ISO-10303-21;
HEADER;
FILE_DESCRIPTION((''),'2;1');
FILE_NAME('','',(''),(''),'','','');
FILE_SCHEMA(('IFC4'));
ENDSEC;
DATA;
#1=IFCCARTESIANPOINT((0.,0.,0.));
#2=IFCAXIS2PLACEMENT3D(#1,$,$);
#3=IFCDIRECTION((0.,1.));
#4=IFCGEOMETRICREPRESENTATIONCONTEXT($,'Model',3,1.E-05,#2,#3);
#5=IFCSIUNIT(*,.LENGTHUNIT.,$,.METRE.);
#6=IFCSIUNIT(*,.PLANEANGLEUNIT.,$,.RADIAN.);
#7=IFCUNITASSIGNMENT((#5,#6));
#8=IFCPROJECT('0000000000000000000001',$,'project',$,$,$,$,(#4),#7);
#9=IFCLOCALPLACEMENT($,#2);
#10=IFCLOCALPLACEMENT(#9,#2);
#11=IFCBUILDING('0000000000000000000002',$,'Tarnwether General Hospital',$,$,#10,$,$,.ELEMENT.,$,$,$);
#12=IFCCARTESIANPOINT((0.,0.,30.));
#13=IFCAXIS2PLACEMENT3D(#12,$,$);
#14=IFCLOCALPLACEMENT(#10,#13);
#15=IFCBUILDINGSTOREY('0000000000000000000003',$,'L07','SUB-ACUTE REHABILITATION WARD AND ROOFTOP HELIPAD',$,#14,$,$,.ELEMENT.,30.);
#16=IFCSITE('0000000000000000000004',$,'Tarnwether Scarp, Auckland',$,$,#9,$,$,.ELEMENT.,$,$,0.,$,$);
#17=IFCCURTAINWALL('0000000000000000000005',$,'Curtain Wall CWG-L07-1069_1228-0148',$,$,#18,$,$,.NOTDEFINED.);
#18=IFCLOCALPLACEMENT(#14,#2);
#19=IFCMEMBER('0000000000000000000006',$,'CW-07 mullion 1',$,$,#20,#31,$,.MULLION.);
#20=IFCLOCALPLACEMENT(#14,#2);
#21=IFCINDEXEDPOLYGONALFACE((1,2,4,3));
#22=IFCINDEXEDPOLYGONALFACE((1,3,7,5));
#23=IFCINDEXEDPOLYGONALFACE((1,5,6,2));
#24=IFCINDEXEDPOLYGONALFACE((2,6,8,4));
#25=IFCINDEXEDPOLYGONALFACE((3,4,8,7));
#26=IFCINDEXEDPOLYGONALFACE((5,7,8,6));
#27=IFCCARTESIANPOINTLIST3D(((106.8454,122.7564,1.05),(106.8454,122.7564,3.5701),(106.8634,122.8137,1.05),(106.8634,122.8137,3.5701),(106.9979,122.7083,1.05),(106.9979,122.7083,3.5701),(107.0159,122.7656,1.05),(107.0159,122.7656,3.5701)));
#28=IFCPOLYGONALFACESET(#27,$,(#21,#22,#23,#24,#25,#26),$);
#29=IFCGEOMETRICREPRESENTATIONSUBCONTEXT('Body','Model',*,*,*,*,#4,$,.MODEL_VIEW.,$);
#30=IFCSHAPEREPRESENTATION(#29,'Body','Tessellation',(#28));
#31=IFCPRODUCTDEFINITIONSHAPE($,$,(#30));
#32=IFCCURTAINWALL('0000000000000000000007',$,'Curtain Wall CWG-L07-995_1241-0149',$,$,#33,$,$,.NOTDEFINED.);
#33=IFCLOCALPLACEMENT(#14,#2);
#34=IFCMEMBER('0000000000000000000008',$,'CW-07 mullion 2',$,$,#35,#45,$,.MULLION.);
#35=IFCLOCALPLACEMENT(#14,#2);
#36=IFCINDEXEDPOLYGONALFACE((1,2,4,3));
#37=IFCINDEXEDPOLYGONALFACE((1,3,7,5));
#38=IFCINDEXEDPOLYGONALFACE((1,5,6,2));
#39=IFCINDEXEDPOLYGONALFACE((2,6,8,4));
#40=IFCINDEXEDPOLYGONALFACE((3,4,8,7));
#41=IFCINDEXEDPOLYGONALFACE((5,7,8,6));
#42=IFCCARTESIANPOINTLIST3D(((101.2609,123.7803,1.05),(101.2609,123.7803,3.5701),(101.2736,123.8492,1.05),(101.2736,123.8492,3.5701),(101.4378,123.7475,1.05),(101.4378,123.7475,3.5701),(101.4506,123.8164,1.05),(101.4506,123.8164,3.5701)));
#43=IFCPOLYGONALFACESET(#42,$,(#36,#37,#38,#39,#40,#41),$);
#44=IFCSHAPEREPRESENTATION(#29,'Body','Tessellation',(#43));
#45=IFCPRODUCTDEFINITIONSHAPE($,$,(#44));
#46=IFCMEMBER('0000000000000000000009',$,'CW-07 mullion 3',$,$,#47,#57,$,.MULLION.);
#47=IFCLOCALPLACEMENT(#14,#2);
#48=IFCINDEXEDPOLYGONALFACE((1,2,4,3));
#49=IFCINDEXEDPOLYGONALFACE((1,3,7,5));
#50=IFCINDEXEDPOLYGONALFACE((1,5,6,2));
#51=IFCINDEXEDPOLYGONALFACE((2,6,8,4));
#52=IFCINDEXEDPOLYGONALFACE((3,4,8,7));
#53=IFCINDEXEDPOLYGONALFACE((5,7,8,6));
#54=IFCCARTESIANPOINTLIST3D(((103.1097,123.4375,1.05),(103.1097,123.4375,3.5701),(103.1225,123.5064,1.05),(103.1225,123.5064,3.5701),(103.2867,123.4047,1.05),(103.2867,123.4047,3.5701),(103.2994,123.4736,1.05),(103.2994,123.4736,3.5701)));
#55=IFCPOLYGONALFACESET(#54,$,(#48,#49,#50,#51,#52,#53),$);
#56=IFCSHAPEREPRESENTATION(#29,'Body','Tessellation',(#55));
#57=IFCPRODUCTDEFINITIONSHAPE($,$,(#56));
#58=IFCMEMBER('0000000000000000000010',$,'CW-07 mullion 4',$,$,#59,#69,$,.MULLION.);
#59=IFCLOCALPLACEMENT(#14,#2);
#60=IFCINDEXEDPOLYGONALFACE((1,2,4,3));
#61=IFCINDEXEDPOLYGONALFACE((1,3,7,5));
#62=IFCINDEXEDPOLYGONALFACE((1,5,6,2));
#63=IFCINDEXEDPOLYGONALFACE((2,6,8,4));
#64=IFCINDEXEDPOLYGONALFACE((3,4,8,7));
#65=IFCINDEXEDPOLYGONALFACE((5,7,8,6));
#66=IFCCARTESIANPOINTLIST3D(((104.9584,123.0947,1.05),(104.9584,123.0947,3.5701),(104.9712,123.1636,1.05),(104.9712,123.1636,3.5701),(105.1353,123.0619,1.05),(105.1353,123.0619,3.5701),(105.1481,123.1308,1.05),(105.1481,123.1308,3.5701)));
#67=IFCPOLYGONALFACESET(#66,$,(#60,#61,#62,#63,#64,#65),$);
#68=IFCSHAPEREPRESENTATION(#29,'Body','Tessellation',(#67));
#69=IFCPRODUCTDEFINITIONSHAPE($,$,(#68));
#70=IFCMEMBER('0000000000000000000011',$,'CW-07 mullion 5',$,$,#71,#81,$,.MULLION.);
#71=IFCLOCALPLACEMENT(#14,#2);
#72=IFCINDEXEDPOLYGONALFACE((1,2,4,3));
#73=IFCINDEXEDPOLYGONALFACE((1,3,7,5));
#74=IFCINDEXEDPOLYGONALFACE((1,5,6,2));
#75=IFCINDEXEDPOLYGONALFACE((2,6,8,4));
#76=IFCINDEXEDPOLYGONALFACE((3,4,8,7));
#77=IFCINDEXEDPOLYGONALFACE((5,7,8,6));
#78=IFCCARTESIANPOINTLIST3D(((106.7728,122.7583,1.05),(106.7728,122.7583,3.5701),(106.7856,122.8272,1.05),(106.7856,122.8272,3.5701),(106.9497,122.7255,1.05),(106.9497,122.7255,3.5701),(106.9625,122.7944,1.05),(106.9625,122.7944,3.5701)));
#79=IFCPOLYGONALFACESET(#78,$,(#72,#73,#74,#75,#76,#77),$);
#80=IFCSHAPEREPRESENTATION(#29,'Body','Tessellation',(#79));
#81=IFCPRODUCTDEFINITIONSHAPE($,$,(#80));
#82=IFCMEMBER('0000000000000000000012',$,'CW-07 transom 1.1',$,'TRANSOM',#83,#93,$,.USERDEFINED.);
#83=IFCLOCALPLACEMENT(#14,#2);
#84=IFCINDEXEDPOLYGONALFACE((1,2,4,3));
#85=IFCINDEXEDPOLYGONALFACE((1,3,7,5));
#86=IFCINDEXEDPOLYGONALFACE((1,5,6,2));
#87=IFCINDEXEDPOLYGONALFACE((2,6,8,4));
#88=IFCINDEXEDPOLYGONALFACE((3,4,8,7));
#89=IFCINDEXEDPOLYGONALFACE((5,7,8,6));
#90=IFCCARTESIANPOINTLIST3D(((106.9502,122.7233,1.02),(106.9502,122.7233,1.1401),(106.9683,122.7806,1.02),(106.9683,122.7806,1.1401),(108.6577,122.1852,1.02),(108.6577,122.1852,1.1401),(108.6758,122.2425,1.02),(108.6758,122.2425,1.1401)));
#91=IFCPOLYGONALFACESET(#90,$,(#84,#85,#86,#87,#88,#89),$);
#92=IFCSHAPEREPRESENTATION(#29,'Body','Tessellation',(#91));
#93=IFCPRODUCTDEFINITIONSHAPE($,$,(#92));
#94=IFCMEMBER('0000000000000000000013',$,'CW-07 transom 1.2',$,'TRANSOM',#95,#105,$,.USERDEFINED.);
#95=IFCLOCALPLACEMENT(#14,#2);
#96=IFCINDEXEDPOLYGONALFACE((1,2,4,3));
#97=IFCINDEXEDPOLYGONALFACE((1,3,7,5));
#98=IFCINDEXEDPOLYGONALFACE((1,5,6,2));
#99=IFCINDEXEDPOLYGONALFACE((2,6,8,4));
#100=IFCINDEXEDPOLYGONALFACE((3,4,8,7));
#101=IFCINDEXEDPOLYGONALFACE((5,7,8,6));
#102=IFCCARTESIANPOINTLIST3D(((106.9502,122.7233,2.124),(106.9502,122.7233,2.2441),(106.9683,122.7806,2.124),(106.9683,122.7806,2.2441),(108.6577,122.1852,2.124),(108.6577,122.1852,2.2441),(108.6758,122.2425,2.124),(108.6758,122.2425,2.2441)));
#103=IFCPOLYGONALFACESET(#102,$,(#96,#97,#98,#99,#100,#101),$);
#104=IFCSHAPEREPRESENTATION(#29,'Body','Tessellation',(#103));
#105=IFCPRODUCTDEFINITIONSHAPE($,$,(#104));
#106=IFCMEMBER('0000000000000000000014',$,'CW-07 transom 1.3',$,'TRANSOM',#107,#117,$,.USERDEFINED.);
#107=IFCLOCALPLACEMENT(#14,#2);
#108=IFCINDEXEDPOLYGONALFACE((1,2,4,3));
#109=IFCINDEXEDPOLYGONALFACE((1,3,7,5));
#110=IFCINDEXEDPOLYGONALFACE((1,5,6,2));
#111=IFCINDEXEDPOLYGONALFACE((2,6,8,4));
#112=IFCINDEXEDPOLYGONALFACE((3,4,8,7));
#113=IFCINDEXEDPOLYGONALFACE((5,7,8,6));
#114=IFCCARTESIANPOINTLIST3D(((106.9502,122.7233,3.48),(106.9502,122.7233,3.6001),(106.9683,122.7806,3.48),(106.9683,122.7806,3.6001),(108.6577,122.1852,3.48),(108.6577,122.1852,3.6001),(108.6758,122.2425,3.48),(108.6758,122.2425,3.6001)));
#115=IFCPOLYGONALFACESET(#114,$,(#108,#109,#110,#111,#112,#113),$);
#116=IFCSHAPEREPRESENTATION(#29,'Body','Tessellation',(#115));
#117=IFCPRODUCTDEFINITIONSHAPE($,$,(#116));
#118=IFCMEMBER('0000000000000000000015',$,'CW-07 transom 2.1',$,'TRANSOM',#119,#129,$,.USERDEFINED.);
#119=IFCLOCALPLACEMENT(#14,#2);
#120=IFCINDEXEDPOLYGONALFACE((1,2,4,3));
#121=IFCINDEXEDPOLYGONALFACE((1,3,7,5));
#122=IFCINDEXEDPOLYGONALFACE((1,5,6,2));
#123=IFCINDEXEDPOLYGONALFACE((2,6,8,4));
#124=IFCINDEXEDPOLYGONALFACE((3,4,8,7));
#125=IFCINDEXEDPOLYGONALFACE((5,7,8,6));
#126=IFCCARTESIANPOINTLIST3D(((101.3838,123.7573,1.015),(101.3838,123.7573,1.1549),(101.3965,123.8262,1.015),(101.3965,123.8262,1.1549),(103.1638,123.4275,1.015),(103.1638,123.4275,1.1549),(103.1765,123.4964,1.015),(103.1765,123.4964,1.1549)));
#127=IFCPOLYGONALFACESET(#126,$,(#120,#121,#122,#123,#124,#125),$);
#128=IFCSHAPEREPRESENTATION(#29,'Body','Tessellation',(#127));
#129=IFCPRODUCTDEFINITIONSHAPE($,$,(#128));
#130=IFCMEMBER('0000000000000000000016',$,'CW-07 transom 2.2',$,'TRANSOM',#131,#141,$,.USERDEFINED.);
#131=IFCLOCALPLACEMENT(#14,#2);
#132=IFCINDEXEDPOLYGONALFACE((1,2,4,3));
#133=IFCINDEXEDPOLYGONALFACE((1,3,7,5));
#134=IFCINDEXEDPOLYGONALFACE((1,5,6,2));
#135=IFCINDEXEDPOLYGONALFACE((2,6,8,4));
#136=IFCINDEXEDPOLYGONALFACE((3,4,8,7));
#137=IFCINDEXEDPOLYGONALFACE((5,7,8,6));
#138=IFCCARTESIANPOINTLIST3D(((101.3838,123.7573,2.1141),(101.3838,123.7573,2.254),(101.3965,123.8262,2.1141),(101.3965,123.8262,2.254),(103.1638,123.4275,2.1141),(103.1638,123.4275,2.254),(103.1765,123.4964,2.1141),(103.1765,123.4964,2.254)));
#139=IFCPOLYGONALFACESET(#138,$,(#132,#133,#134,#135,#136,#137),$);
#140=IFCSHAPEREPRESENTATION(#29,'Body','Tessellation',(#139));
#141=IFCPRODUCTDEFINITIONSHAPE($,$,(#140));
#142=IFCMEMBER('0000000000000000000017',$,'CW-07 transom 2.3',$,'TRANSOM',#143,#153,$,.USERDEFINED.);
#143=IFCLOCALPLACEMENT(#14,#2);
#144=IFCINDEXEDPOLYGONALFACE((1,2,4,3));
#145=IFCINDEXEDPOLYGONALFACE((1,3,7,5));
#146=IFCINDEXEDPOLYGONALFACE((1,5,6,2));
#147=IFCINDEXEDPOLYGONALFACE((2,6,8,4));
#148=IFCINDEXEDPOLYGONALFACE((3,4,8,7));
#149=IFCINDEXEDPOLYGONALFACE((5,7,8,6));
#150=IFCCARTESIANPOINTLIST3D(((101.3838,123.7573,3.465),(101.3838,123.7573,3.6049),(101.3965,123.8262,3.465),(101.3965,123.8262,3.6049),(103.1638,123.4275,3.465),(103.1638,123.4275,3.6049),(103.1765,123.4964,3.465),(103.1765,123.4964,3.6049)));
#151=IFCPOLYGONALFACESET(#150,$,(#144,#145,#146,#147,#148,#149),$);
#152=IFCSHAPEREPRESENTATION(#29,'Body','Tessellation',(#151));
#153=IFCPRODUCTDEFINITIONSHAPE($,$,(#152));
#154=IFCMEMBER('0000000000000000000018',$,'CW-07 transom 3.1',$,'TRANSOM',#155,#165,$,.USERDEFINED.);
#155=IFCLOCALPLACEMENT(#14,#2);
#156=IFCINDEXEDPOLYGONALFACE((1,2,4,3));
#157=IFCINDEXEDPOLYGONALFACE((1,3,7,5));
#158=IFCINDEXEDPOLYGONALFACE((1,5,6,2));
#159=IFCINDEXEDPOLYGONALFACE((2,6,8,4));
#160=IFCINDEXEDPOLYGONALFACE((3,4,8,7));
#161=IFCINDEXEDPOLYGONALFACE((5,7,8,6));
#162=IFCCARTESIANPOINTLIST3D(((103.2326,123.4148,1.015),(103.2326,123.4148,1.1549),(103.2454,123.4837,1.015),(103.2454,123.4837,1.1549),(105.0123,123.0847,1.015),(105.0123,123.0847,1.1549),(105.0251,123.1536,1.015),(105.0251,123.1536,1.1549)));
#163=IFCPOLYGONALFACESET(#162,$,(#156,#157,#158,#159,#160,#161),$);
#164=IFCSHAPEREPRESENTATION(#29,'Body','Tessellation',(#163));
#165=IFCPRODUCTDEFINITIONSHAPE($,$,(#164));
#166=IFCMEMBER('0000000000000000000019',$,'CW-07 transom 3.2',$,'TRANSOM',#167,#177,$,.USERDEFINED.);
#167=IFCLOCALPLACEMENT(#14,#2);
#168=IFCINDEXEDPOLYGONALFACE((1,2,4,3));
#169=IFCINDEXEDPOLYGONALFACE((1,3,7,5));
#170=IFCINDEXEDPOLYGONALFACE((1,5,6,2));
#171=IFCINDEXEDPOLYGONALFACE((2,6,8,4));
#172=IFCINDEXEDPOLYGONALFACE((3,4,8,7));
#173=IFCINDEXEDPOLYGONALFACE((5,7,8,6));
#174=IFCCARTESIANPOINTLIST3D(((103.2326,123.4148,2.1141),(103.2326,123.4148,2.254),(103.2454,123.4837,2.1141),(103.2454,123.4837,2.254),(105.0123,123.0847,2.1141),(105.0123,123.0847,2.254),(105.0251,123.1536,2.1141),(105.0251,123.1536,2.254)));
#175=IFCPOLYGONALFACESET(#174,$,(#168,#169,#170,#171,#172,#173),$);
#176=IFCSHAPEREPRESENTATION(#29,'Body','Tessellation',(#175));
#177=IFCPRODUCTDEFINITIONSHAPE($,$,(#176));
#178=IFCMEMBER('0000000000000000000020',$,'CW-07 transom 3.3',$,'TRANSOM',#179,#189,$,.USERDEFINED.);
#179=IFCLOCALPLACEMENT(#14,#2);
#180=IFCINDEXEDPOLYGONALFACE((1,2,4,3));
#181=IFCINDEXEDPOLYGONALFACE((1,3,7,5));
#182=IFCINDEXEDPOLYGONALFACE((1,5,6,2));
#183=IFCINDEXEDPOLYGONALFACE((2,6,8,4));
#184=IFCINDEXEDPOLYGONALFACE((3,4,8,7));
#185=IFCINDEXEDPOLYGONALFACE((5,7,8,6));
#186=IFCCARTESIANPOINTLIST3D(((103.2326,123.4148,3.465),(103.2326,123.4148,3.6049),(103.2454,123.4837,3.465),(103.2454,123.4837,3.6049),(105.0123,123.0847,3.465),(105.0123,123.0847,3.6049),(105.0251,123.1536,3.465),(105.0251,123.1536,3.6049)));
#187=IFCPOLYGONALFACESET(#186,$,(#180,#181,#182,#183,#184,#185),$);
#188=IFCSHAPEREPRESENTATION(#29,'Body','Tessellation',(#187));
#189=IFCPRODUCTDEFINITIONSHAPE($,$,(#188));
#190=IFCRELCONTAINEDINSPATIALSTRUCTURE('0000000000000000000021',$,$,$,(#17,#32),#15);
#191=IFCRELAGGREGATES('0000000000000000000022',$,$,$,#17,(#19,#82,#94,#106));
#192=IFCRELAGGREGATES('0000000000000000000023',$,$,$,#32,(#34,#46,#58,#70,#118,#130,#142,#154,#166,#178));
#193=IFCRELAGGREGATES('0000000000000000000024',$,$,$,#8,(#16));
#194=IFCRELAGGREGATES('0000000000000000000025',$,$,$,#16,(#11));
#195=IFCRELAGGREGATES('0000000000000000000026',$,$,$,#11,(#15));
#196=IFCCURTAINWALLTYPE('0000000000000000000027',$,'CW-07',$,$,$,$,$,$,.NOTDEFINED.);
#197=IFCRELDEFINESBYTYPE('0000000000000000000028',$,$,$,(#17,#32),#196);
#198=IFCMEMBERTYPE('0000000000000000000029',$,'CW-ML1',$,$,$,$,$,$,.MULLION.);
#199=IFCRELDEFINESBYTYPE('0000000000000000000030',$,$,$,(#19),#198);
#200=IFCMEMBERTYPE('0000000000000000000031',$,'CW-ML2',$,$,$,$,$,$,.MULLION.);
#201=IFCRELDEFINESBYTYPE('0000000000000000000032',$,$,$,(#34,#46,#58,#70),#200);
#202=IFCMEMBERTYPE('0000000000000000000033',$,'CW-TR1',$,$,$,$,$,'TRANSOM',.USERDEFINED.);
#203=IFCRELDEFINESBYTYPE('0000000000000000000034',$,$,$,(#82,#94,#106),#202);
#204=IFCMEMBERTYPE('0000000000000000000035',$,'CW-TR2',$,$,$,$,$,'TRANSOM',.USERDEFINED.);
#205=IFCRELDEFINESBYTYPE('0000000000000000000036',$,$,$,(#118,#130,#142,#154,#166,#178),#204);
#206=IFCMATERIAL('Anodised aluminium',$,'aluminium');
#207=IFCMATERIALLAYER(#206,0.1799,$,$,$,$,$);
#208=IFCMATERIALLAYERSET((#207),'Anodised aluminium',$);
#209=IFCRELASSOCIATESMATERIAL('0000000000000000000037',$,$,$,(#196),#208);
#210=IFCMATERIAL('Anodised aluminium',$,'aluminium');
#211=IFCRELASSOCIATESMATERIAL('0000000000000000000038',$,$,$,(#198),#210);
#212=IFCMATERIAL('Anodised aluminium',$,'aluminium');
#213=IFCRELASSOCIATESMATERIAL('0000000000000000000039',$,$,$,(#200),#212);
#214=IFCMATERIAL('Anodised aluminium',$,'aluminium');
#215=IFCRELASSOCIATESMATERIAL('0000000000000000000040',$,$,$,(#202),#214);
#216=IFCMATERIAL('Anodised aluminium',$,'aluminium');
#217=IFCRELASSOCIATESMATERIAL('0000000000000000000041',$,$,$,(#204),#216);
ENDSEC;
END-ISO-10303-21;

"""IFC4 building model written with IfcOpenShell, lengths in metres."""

from ifc_helpers import new_model, si_unit, direction, frame, origin, origin_2d, place, context, subcontext, project, spatial, rectangle, extrude, material, layer, layer_set, material_profile, profile_set, type_object, element, aggregate, save


model = new_model("IFC4")

# Units and contexts
model_context = context("Model", 3, precision=1e-05, world=origin(), true_north=direction((0.0, 1.0)))
body_context = subcontext(model_context, "Body", "Model", "MODEL_VIEW")
ifc_project = project(units=[si_unit("LENGTHUNIT", "METRE"), si_unit("PLANEANGLEUNIT", "RADIAN")], contexts=[model_context])

# Site, building, storey
site_placement = place(None, origin())
site = spatial("IfcSite", under=ifc_project, at=site_placement, Name="Tarnwether Scarp, Auckland", CompositionType="ELEMENT", RefElevation=0.0)
building_placement = place(site_placement, origin())
building = spatial("IfcBuilding", under=site, at=building_placement, Name="Tarnwether General Hospital", CompositionType="ELEMENT")
storey_placement = place(building_placement, frame((0.0, 0.0, 30.0)))
storey = spatial("IfcBuildingStorey", under=building, at=storey_placement, Name="L07", Description="SUB-ACUTE REHABILITATION WARD AND ROOFTOP HELIPAD", CompositionType="ELEMENT", Elevation=30.0)

# Curtain wall, member
ifc_material_1 = material(Name="Anodised aluminium", Category="aluminium")
ifc_layer_1 = layer(ifc_material_1, 0.1799)
ifc_layer_set_1 = layer_set([ifc_layer_1], Name="Anodised aluminium")
curtain_wall_type = type_object("IfcCurtainWallType", Name="CW-07", PredefinedType="NOTDEFINED", material=ifc_layer_set_1)
curtain_wall_1_placement = place(storey_placement, origin())
curtain_wall_1 = element("IfcCurtainWall", 1, at=curtain_wall_1_placement, inside=storey, type_object=curtain_wall_type, Name="Curtain Wall CWG-L07-1069_1228-0148", PredefinedType="NOTDEFINED")
ifc_material_2 = material(Name="Anodised aluminium", Category="aluminium")
ifc_material_profile_1 = material_profile(ifc_material_2, rectangle(XDim=0.0601, YDim=0.1599, at=origin_2d()), Name="ALU-MUL-60x160")
ifc_profile_set_1 = profile_set([ifc_material_profile_1], Name="Anodised aluminium")
member_type_1 = type_object("IfcMemberType", Name="CW-ML1", PredefinedType="MULLION", material=ifc_profile_set_1)
member_1_placement = place(storey_placement, frame((106.9307, 122.761, 1.05), z_axis=(0.0, 0.0, 1.0), x_axis=(0.300629, 0.953741, 0.0)))
member_1 = element("IfcMember", 2, at=member_1_placement, type_object=member_type_1, Name="CW-07 mullion 1", PredefinedType="MULLION", context=body_context, shape_type="SweptSolid", body=[
    extrude(rectangle(XDim=0.0601, YDim=0.1599, at=origin_2d()), origin(), (0.0, 0.0, 1.0), 2.52),
])

# Curtain wall, members
curtain_wall_2_placement = place(storey_placement, origin())
curtain_wall_2 = element("IfcCurtainWall", 3, at=curtain_wall_2_placement, inside=storey, type_object=curtain_wall_type, Name="Curtain Wall CWG-L07-995_1241-0149", PredefinedType="NOTDEFINED")
ifc_material_3 = material(Name="Anodised aluminium", Category="aluminium")
ifc_material_profile_2 = material_profile(ifc_material_3, rectangle(XDim=0.0701, YDim=0.1799, at=origin_2d()), Name="ALU-MUL-70x180")
ifc_profile_set_2 = profile_set([ifc_material_profile_2], Name="Anodised aluminium")
member_type_2 = type_object("IfcMemberType", Name="CW-ML2", PredefinedType="MULLION", material=ifc_profile_set_2)
member_2_placement = place(storey_placement, frame((101.3557, 123.7983, 1.05), z_axis=(0.0, 0.0, 1.0), x_axis=(0.182289, 0.983245, 0.0)))
member_2 = element("IfcMember", 4, at=member_2_placement, type_object=member_type_2, Name="CW-07 mullion 2", PredefinedType="MULLION", context=body_context, shape_type="SweptSolid", body=[
    extrude(rectangle(XDim=0.0701, YDim=0.1799, at=origin_2d()), origin(), (0.0, 0.0, 1.0), 2.52),
])
member_3_placement = place(storey_placement, frame((103.2046, 123.4556, 1.05), z_axis=(0.0, 0.0, 1.0), x_axis=(0.182289, 0.983245, 0.0)))
member_3 = element("IfcMember", 5, at=member_3_placement, type_object=member_type_2, Name="CW-07 mullion 3", PredefinedType="MULLION", context=body_context, shape_type="SweptSolid", body=[
    extrude(rectangle(XDim=0.0701, YDim=0.1799, at=origin_2d()), origin(), (0.0, 0.0, 1.0), 2.52),
])
member_4_placement = place(storey_placement, frame((105.0532, 123.1128, 1.05), z_axis=(0.0, 0.0, 1.0), x_axis=(0.182289, 0.983245, 0.0)))
member_4 = element("IfcMember", 6, at=member_4_placement, type_object=member_type_2, Name="CW-07 mullion 4", PredefinedType="MULLION", context=body_context, shape_type="SweptSolid", body=[
    extrude(rectangle(XDim=0.0701, YDim=0.1799, at=origin_2d()), origin(), (0.0, 0.0, 1.0), 2.52),
])
member_5_placement = place(storey_placement, frame((106.8677, 122.7764, 1.05), z_axis=(0.0, 0.0, 1.0), x_axis=(0.182289, 0.983245, 0.0)))
member_5 = element("IfcMember", 7, at=member_5_placement, type_object=member_type_2, Name="CW-07 mullion 5", PredefinedType="MULLION", context=body_context, shape_type="SweptSolid", body=[
    extrude(rectangle(XDim=0.0701, YDim=0.1799, at=origin_2d()), origin(), (0.0, 0.0, 1.0), 2.52),
])

# Members
ifc_material_4 = material(Name="Anodised aluminium", Category="aluminium")
ifc_material_profile_3 = material_profile(ifc_material_4, rectangle(XDim=0.0601, YDim=0.1201, at=origin_2d()), Name="ALU-TRN-60x120")
ifc_profile_set_3 = profile_set([ifc_material_profile_3], Name="Anodised aluminium")
member_type_3 = type_object("IfcMemberType", Name="CW-TR1", ElementType="TRANSOM", PredefinedType="USERDEFINED", material=ifc_profile_set_3)
member_6_placement = place(storey_placement, frame((106.9592, 122.752, 1.0801), z_axis=(0.953764, -0.300557, 0.0), x_axis=(0.300557, 0.953764, 0.0)))
member_6 = element("IfcMember", 8, at=member_6_placement, type_object=member_type_3, Name="CW-07 transom 1.1", ObjectType="TRANSOM", PredefinedType="USERDEFINED", context=body_context, shape_type="SweptSolid", body=[
    extrude(rectangle(XDim=0.0601, YDim=0.1201, at=origin_2d()), origin(), (0.0, 0.0, 1.0), 1.7903),
])
member_7_placement = place(storey_placement, frame((106.9592, 122.752, 2.1841), z_axis=(0.953764, -0.300557, 0.0), x_axis=(0.300557, 0.953764, 0.0)))
member_7 = element("IfcMember", 9, at=member_7_placement, type_object=member_type_3, Name="CW-07 transom 1.2", ObjectType="TRANSOM", PredefinedType="USERDEFINED", context=body_context, shape_type="SweptSolid", body=[
    extrude(rectangle(XDim=0.0601, YDim=0.1201, at=origin_2d()), origin(), (0.0, 0.0, 1.0), 1.7903),
])
member_8_placement = place(storey_placement, frame((106.9592, 122.752, 3.54), z_axis=(0.953764, -0.300557, 0.0), x_axis=(0.300557, 0.953764, 0.0)))
member_8 = element("IfcMember", 10, at=member_8_placement, type_object=member_type_3, Name="CW-07 transom 1.3", ObjectType="TRANSOM", PredefinedType="USERDEFINED", context=body_context, shape_type="SweptSolid", body=[
    extrude(rectangle(XDim=0.0601, YDim=0.1201, at=origin_2d()), origin(), (0.0, 0.0, 1.0), 1.7903),
])
ifc_material_5 = material(Name="Anodised aluminium", Category="aluminium")
ifc_material_profile_4 = material_profile(ifc_material_5, rectangle(XDim=0.0701, YDim=0.1399, at=origin_2d()), Name="ALU-TRN-70x140")
ifc_profile_set_4 = profile_set([ifc_material_profile_4], Name="Anodised aluminium")
member_type_4 = type_object("IfcMemberType", Name="CW-TR2", ElementType="TRANSOM", PredefinedType="USERDEFINED", material=ifc_profile_set_4)
member_9_placement = place(storey_placement, frame((101.3901, 123.7917, 1.085), z_axis=(0.983262, -0.182196, 0.0), x_axis=(0.182196, 0.983262, 0.0)))
member_9 = element("IfcMember", 11, at=member_9_placement, type_object=member_type_4, Name="CW-07 transom 2.1", ObjectType="TRANSOM", PredefinedType="USERDEFINED", context=body_context, shape_type="SweptSolid", body=[
    extrude(rectangle(XDim=0.0701, YDim=0.1399, at=origin_2d()), origin(), (0.0, 0.0, 1.0), 1.8103),
])
member_10_placement = place(storey_placement, frame((101.3901, 123.7917, 2.1841), z_axis=(0.983262, -0.182196, 0.0), x_axis=(0.182196, 0.983262, 0.0)))
member_10 = element("IfcMember", 12, at=member_10_placement, type_object=member_type_4, Name="CW-07 transom 2.2", ObjectType="TRANSOM", PredefinedType="USERDEFINED", context=body_context, shape_type="SweptSolid", body=[
    extrude(rectangle(XDim=0.0701, YDim=0.1399, at=origin_2d()), origin(), (0.0, 0.0, 1.0), 1.8103),
])
member_11_placement = place(storey_placement, frame((101.3901, 123.7917, 3.5349), z_axis=(0.983262, -0.182196, 0.0), x_axis=(0.182196, 0.983262, 0.0)))
member_11 = element("IfcMember", 13, at=member_11_placement, type_object=member_type_4, Name="CW-07 transom 2.3", ObjectType="TRANSOM", PredefinedType="USERDEFINED", context=body_context, shape_type="SweptSolid", body=[
    extrude(rectangle(XDim=0.0701, YDim=0.1399, at=origin_2d()), origin(), (0.0, 0.0, 1.0), 1.8103),
])
member_12_placement = place(storey_placement, frame((103.239, 123.4492, 1.085), z_axis=(0.983234, -0.18235, 0.0), x_axis=(0.18235, 0.983234, 0.0)))
member_12 = element("IfcMember", 14, at=member_12_placement, type_object=member_type_4, Name="CW-07 transom 3.1", ObjectType="TRANSOM", PredefinedType="USERDEFINED", context=body_context, shape_type="SweptSolid", body=[
    extrude(rectangle(XDim=0.0701, YDim=0.1399, at=origin_2d()), origin(), (0.0, 0.0, 1.0), 1.8101),
])
member_13_placement = place(storey_placement, frame((103.239, 123.4492, 2.1841), z_axis=(0.983234, -0.18235, 0.0), x_axis=(0.18235, 0.983234, 0.0)))
member_13 = element("IfcMember", 15, at=member_13_placement, type_object=member_type_4, Name="CW-07 transom 3.2", ObjectType="TRANSOM", PredefinedType="USERDEFINED", context=body_context, shape_type="SweptSolid", body=[
    extrude(rectangle(XDim=0.0701, YDim=0.1399, at=origin_2d()), origin(), (0.0, 0.0, 1.0), 1.8101),
])
member_14_placement = place(storey_placement, frame((103.239, 123.4492, 3.5349), z_axis=(0.983234, -0.18235, 0.0), x_axis=(0.18235, 0.983234, 0.0)))
member_14 = element("IfcMember", 16, at=member_14_placement, type_object=member_type_4, Name="CW-07 transom 3.3", ObjectType="TRANSOM", PredefinedType="USERDEFINED", context=body_context, shape_type="SweptSolid", body=[
    extrude(rectangle(XDim=0.0701, YDim=0.1399, at=origin_2d()), origin(), (0.0, 0.0, 1.0), 1.8101),
])

aggregate(curtain_wall_1, [member_1, member_6, member_7, member_8])
aggregate(curtain_wall_2, [member_2, member_3, member_4, member_5, member_9, member_10, member_11, member_12, member_13, member_14])

save(model, "model.ifc")
